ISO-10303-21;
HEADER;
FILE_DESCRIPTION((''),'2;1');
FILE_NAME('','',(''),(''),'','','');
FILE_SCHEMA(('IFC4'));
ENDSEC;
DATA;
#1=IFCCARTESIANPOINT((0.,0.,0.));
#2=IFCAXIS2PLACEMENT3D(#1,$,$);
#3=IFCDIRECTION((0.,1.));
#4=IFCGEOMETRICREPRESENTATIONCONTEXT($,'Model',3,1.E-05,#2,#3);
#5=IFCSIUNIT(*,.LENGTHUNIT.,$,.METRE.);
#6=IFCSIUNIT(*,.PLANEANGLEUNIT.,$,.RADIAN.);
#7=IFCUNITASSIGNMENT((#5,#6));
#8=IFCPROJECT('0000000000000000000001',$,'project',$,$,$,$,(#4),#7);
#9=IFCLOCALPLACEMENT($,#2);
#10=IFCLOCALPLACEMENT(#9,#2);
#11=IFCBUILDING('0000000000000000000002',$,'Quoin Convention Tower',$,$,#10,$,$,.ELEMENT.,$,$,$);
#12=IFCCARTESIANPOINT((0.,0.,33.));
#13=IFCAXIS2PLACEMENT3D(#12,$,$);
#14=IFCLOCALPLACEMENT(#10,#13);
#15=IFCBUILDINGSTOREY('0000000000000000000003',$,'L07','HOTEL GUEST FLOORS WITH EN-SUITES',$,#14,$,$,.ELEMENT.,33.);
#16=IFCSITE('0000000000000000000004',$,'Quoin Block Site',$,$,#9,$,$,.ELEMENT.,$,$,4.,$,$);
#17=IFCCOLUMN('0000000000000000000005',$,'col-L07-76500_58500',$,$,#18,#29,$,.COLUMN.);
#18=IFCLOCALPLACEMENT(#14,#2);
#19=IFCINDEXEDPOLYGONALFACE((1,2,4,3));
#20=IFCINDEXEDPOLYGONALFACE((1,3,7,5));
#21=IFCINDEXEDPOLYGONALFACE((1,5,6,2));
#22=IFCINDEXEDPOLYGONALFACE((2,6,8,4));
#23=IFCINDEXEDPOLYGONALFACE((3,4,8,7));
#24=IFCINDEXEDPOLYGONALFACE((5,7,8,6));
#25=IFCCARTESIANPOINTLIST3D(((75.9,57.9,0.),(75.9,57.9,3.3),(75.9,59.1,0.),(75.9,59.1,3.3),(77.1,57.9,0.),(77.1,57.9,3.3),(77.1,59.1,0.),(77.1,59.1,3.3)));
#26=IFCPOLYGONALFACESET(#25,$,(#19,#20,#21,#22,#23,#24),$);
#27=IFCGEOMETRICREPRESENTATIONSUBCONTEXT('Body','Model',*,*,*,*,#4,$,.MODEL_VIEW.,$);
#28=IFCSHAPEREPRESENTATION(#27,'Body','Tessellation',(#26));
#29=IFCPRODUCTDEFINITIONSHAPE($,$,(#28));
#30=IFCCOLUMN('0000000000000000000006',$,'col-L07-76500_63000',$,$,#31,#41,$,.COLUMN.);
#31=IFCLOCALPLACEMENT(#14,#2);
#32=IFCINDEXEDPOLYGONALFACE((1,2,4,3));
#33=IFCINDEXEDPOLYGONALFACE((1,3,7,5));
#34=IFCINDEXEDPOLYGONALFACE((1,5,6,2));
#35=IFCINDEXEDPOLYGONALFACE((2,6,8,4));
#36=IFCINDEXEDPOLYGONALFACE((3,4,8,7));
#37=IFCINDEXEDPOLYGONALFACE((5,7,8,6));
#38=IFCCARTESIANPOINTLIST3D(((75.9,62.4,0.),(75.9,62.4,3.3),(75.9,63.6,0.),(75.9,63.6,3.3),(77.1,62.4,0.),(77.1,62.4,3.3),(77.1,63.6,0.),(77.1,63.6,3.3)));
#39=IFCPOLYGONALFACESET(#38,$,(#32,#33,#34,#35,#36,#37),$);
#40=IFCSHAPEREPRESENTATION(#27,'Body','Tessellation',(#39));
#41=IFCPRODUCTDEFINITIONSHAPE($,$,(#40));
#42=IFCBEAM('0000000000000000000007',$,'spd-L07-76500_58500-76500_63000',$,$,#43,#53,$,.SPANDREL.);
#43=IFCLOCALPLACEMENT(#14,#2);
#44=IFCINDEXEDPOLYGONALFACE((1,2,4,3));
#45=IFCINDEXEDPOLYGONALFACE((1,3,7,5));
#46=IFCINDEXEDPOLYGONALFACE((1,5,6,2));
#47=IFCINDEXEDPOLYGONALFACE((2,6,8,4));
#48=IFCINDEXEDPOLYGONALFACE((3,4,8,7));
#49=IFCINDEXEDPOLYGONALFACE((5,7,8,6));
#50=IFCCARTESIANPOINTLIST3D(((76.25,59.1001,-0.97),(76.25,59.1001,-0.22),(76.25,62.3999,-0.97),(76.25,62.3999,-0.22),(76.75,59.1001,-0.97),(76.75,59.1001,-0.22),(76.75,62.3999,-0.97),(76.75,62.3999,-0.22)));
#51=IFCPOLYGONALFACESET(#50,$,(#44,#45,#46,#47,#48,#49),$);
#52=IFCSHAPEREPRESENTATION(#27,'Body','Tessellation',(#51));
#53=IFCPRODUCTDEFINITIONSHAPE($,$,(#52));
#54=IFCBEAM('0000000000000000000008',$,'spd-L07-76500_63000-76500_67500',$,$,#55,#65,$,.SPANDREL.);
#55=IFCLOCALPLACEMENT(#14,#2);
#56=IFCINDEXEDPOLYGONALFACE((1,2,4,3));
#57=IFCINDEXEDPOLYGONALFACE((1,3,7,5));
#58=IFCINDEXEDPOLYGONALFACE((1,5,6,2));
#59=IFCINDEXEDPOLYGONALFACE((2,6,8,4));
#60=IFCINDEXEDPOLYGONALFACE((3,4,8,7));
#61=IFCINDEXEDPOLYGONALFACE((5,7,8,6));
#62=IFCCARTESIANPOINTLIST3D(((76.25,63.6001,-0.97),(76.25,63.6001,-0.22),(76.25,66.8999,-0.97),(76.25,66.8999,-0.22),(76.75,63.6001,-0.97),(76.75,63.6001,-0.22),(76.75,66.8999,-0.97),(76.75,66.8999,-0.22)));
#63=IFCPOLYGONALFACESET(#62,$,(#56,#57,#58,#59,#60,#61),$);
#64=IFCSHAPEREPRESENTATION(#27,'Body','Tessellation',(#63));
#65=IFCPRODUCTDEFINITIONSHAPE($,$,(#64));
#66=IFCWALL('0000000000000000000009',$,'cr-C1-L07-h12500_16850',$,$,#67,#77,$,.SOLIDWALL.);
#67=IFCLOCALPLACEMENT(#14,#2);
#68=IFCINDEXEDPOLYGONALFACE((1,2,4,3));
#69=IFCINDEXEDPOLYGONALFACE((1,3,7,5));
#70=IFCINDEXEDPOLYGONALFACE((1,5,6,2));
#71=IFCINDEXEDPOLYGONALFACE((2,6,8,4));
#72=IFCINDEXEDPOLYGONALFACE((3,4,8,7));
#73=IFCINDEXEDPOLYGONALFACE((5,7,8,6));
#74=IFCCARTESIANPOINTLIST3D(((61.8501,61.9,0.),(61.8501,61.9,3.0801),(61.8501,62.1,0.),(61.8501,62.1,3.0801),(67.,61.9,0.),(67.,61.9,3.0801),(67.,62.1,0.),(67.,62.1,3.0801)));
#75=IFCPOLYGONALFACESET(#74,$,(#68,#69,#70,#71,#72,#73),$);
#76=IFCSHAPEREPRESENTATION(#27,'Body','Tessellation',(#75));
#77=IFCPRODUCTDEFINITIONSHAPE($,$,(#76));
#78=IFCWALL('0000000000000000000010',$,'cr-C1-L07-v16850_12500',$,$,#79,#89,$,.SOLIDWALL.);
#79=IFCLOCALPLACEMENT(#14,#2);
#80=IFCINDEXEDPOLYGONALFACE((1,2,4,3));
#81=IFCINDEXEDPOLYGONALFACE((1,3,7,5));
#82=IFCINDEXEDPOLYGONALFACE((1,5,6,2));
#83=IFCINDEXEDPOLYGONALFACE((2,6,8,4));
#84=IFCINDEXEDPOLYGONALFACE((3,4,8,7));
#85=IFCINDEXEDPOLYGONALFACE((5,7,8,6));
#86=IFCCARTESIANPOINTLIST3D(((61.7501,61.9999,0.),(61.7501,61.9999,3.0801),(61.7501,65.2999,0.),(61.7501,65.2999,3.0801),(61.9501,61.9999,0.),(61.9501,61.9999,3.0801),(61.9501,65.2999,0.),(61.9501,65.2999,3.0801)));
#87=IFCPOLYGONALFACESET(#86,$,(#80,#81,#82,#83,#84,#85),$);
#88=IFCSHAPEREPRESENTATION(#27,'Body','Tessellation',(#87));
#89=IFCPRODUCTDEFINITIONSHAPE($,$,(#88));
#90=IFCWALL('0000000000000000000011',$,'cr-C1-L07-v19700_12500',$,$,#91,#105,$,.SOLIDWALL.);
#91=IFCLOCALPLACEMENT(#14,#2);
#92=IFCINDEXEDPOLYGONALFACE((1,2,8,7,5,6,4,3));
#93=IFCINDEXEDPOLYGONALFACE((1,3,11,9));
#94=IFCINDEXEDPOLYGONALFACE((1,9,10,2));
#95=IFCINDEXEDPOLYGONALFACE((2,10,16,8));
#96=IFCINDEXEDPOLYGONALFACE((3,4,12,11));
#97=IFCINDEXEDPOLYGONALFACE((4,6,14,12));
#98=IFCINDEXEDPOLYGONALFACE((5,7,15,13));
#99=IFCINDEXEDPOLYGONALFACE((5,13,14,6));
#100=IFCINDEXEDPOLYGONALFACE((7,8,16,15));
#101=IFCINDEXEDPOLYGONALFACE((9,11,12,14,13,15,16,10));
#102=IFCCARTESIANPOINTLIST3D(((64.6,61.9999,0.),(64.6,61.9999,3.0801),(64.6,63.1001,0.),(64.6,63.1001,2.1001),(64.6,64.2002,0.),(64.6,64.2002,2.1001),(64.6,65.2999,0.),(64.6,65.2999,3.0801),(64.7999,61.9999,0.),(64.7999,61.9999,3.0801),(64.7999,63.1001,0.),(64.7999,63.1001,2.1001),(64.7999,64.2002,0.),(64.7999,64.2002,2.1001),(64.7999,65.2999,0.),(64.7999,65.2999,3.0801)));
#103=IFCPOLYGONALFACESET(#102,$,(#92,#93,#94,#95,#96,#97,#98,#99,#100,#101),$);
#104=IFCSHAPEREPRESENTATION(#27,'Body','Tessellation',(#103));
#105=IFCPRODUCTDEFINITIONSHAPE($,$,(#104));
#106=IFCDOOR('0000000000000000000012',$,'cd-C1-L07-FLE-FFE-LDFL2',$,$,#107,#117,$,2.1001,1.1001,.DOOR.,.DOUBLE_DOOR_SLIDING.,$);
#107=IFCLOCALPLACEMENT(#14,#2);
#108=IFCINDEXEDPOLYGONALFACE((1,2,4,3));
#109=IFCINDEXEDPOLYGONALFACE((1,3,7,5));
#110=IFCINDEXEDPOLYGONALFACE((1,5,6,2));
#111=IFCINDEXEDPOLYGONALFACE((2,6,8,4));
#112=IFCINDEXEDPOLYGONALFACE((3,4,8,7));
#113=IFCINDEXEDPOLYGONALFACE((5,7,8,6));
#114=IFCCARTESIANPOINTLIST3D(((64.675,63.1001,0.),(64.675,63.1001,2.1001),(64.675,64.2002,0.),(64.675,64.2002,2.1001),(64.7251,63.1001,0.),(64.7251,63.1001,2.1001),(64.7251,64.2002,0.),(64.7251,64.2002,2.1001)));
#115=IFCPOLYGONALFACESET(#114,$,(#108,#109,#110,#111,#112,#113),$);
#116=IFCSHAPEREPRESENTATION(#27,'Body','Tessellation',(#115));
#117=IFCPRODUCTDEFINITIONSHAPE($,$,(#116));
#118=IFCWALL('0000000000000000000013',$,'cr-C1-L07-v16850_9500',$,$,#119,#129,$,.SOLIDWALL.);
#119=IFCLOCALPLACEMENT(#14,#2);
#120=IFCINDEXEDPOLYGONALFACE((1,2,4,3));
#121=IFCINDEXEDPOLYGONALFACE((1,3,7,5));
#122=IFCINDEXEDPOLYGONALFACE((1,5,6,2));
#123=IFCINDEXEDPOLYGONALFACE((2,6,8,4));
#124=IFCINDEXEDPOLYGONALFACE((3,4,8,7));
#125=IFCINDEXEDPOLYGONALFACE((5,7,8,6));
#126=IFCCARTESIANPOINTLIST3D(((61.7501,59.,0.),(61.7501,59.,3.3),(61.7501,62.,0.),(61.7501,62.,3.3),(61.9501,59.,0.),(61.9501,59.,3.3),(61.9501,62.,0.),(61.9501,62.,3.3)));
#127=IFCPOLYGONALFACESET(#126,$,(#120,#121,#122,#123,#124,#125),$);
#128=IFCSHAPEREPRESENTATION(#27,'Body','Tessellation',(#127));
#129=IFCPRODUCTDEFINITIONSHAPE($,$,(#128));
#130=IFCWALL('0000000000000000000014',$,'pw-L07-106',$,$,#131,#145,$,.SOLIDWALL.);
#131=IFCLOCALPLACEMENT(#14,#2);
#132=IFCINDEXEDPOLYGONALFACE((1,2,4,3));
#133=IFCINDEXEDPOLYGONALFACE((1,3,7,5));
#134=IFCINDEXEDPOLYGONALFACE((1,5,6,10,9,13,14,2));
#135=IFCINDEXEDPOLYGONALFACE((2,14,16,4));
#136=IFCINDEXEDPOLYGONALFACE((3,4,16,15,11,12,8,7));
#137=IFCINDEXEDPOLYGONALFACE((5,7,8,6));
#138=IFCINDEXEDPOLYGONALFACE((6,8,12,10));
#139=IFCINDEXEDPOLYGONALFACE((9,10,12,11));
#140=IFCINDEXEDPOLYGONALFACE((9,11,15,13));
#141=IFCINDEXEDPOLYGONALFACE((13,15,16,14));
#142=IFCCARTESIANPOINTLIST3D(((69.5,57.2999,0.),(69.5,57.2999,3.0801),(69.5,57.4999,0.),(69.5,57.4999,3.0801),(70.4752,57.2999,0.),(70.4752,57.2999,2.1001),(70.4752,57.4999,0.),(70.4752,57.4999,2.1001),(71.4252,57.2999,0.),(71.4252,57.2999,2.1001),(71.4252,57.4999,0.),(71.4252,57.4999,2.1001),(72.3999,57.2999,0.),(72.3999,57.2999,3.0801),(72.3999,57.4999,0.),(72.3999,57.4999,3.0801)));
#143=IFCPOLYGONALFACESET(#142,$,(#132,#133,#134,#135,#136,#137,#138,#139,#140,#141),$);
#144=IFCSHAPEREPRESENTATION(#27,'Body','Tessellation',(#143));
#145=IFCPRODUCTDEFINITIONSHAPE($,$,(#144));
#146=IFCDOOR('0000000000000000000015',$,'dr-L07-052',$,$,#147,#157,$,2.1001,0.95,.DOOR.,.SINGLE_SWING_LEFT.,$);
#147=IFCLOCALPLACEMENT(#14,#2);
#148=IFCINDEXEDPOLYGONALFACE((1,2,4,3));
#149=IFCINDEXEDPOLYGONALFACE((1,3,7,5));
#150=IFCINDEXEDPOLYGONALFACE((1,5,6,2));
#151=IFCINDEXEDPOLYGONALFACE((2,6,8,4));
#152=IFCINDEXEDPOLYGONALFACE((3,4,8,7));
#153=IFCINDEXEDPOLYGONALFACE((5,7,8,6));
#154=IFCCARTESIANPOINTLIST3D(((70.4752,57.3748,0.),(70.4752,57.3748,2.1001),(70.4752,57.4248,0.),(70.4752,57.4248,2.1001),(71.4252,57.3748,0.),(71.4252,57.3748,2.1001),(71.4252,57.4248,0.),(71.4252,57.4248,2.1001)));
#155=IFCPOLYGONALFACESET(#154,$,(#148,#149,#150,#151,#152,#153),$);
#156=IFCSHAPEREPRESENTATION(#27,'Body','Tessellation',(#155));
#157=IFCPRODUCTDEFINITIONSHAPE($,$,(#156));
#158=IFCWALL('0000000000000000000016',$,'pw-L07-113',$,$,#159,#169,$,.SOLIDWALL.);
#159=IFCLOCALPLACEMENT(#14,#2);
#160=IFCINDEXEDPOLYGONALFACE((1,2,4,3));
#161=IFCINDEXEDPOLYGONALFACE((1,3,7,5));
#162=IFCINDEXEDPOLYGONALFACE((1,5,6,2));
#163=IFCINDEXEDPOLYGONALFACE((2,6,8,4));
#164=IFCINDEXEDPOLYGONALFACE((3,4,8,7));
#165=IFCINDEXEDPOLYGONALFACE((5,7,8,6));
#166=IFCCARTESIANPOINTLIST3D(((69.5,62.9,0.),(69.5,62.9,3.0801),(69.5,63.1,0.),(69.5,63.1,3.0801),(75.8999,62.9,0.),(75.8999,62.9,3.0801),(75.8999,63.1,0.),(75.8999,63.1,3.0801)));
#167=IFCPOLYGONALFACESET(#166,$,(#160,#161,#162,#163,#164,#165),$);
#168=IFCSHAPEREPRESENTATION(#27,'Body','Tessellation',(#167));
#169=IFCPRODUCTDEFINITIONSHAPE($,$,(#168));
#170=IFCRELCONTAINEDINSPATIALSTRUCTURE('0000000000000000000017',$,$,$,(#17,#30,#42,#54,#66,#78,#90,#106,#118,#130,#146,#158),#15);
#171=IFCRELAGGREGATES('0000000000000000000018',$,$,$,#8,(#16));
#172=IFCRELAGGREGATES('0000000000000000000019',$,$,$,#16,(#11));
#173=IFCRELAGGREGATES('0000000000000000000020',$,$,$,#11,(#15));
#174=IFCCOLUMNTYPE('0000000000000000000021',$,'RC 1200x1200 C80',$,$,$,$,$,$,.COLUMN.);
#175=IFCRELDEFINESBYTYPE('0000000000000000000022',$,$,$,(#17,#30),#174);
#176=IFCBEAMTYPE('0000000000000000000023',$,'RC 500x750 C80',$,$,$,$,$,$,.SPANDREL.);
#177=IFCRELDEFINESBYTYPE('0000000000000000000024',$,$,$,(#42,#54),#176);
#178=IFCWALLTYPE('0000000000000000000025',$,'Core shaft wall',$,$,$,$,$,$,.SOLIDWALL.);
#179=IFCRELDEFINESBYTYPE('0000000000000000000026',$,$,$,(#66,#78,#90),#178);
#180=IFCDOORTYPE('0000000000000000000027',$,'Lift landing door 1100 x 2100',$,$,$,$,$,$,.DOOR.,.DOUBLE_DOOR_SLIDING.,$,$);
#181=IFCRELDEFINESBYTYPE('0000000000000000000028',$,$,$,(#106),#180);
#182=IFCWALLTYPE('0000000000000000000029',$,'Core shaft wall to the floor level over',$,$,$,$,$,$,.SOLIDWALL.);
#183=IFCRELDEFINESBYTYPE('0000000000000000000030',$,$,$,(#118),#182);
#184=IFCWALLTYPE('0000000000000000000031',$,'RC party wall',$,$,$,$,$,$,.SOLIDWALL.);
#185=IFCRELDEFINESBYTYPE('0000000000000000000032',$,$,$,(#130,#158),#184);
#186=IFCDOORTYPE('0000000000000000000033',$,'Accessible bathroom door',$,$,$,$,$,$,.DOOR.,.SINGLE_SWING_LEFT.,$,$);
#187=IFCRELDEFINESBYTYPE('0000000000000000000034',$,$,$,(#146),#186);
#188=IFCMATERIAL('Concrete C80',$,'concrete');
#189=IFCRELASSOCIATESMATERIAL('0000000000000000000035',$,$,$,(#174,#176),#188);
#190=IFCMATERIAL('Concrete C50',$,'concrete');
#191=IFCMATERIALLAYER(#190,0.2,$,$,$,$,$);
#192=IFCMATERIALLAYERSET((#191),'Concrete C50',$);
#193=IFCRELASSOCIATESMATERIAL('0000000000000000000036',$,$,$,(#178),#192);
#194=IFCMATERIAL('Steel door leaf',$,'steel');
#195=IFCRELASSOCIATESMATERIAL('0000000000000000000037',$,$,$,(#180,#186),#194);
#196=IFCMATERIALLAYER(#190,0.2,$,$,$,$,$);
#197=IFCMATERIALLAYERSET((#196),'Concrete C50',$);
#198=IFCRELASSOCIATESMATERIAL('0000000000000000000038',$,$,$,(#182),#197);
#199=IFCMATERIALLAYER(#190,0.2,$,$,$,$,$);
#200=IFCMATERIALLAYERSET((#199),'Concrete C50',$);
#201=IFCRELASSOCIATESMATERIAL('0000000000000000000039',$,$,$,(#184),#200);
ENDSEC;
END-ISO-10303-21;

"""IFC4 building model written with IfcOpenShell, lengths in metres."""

from ifc_helpers import new_model, si_unit, direction, frame, frame_2d, origin, origin_2d, place, context, subcontext, project, spatial, rectangle, extrude, material, layer, layer_set, material_profile, profile_set, type_object, element, fill, save


model = new_model("IFC4")

# Units and contexts
model_context = context("Model", 3, precision=1e-05, world=origin(), true_north=direction((0.0, 1.0)))
body_context = subcontext(model_context, "Body", "Model", "MODEL_VIEW")
ifc_project = project(units=[si_unit("LENGTHUNIT", "METRE"), si_unit("PLANEANGLEUNIT", "RADIAN")], contexts=[model_context])

# Site, building, storey
site_placement = place(None, origin())
site = spatial("IfcSite", under=ifc_project, at=site_placement, Name="Quoin Block Site", CompositionType="ELEMENT", RefElevation=4.0)
building_placement = place(site_placement, origin())
building = spatial("IfcBuilding", under=site, at=building_placement, Name="Quoin Convention Tower", CompositionType="ELEMENT")
storey_placement = place(building_placement, frame((0.0, 0.0, 33.0)))
storey = spatial("IfcBuildingStorey", under=building, at=storey_placement, Name="L07", Description="HOTEL GUEST FLOORS WITH EN-SUITES", CompositionType="ELEMENT", Elevation=33.0)

# Columns
ifc_material_1 = material(Name="Concrete C80", Category="concrete")
ifc_material_profile_1 = material_profile(ifc_material_1, rectangle(XDim=1.2, YDim=1.2, at=origin_2d()), Name="RC 1200x1200")
ifc_profile_set_1 = profile_set([ifc_material_profile_1], Name="Concrete C80")
column_type = type_object("IfcColumnType", Name="RC 1200x1200 C80", PredefinedType="COLUMN", material=ifc_profile_set_1)
for number, where, z_axis, x_axis, name in (
    (1, (76.5, 58.5, 0.0), (0.0, 0.0, 1.0), (1.0, 0.0, 0.0), "col-L07-76500_58500"),
    (2, (76.5, 63.0, 0.0), (0.0, 0.0, 1.0), (1.0, 0.0, 0.0), "col-L07-76500_63000"),
):
    element("IfcColumn", number, at=place(storey_placement, frame(where, z_axis=z_axis, x_axis=x_axis)), inside=storey, type_object=column_type, Name=name, PredefinedType="COLUMN", context=body_context, shape_type="SweptSolid", body=[
        extrude(rectangle(XDim=1.2, YDim=1.2, at=origin_2d()), origin(), (0.0, 0.0, 1.0), 3.3),
    ])

# Beams
ifc_material_profile_2 = material_profile(ifc_material_1, rectangle(XDim=0.5, YDim=0.75, at=origin_2d()), Name="RC 500x750")
ifc_profile_set_2 = profile_set([ifc_material_profile_2], Name="Concrete C80")
beam_type = type_object("IfcBeamType", Name="RC 500x750 C80", PredefinedType="SPANDREL", material=ifc_profile_set_2)
for number, where, z_axis, x_axis, name in (
    (3, (76.5, 59.1001, -0.595), (0.0, 1.0, 0.0), (-1.0, 0.0, 0.0), "spd-L07-76500_58500-76500_63000"),
    (4, (76.5, 63.6001, -0.595), (0.0, 1.0, 0.0), (-1.0, 0.0, 0.0), "spd-L07-76500_63000-76500_67500"),
):
    element("IfcBeam", number, at=place(storey_placement, frame(where, z_axis=z_axis, x_axis=x_axis)), inside=storey, type_object=beam_type, Name=name, PredefinedType="SPANDREL", context=body_context, shape_type="SweptSolid", body=[
        extrude(rectangle(XDim=0.5, YDim=0.75, at=origin_2d()), origin(), (0.0, 0.0, 1.0), 3.2998),
    ])

# Walls
ifc_material_2 = material(Name="Concrete C50", Category="concrete")
ifc_layer_1 = layer(ifc_material_2, 0.2)
ifc_layer_set_1 = layer_set([ifc_layer_1], Name="Concrete C50")
wall_type_1 = type_object("IfcWallType", Name="Core shaft wall", PredefinedType="SOLIDWALL", material=ifc_layer_set_1)
wall_1_placement = place(storey_placement, frame((61.8501, 62.0, 0.0), z_axis=(0.0, 0.0, 1.0), x_axis=(1.0, 0.0, 0.0)))
element("IfcWall", 5, at=wall_1_placement, inside=storey, type_object=wall_type_1, Name="cr-C1-L07-h12500_16850", PredefinedType="SOLIDWALL", context=body_context, shape_type="SweptSolid", body=[
    extrude(rectangle(XDim=5.1499, YDim=0.2, at=frame_2d((2.575, 0.0))), origin(), (0.0, 0.0, 1.0), 3.0801),
])
wall_2_placement = place(storey_placement, frame((61.8501, 62.0, 0.0), z_axis=(0.0, 0.0, 1.0), x_axis=(0.0, 1.0, 0.0)))
element("IfcWall", 6, at=wall_2_placement, inside=storey, type_object=wall_type_1, Name="cr-C1-L07-v16850_12500", PredefinedType="SOLIDWALL", context=body_context, shape_type="SweptSolid", body=[
    extrude(rectangle(XDim=3.3, YDim=0.2, at=frame_2d((1.6499, 0.0))), origin(), (0.0, 0.0, 1.0), 3.0801),
])

# Wall, opening, door
wall_3_placement = place(storey_placement, frame((64.7, 62.0, 0.0), z_axis=(0.0, 0.0, 1.0), x_axis=(0.0, 1.0, 0.0)))
wall_3 = element("IfcWall", 7, at=wall_3_placement, inside=storey, type_object=wall_type_1, Name="cr-C1-L07-v19700_12500", PredefinedType="SOLIDWALL", context=body_context, shape_type="SweptSolid", body=[
    extrude(rectangle(XDim=3.3, YDim=0.2, at=frame_2d((1.6499, 0.0))), origin(), (0.0, 0.0, 1.0), 3.0801),
])
opening_1_placement = place(wall_3_placement, frame((1.1001, 0.0, 0.0)))
opening_1 = element("IfcOpeningElement", 8, at=opening_1_placement, cuts=wall_3, PredefinedType="OPENING", context=body_context, shape_type="SweptSolid", body=[
    extrude(rectangle(XDim=1.1001, YDim=2.1001, at=frame_2d((0.55, 1.05))), frame((0.0, 0.1099, 0.0), z_axis=(0.0, -1.0, 0.0), x_axis=(1.0, 0.0, 0.0)), (0.0, 0.0, 1.0), 0.22),
])
ifc_material_3 = material(Name="Steel door leaf", Category="steel")
door_type_1 = type_object("IfcDoorType", Name="Lift landing door 1100 x 2100", OperationType="DOUBLE_DOOR_SLIDING", PredefinedType="DOOR", material=ifc_material_3)
door_1_placement = place(opening_1_placement, origin())
door_1 = element("IfcDoor", 9, at=door_1_placement, inside=storey, type_object=door_type_1, Name="cd-C1-L07-FLE-FFE-LDFL2", OperationType="DOUBLE_DOOR_SLIDING", OverallHeight=2.1001, OverallWidth=1.1001, PredefinedType="DOOR", context=body_context, shape_type="SweptSolid", body=[
    extrude(rectangle(XDim=1.1001, YDim=2.1001, at=frame_2d((0.55, 1.05))), frame((0.0, 0.0249, 0.0), z_axis=(0.0, -1.0, 0.0), x_axis=(1.0, 0.0, 0.0)), (0.0, 0.0, 1.0), 0.05),
])
fill(opening_1, door_1)

# Wall
ifc_layer_2 = layer(ifc_material_2, 0.2)
ifc_layer_set_2 = layer_set([ifc_layer_2], Name="Concrete C50")
wall_type_2 = type_object("IfcWallType", Name="Core shaft wall to the floor level over", PredefinedType="SOLIDWALL", material=ifc_layer_set_2)
wall_4_placement = place(storey_placement, frame((61.8501, 59.0, 0.0), z_axis=(0.0, 0.0, 1.0), x_axis=(0.0, 1.0, 0.0)))
element("IfcWall", 10, at=wall_4_placement, inside=storey, type_object=wall_type_2, Name="cr-C1-L07-v16850_9500", PredefinedType="SOLIDWALL", context=body_context, shape_type="SweptSolid", body=[
    extrude(rectangle(XDim=3.0, YDim=0.2, at=frame_2d((1.5, 0.0))), origin(), (0.0, 0.0, 1.0), 3.3),
])

# Wall, opening, door
ifc_layer_3 = layer(ifc_material_2, 0.2)
ifc_layer_set_3 = layer_set([ifc_layer_3], Name="Concrete C50")
wall_type_3 = type_object("IfcWallType", Name="RC party wall", PredefinedType="SOLIDWALL", material=ifc_layer_set_3)
wall_5_placement = place(storey_placement, frame((69.5, 57.3999, 0.0), z_axis=(0.0, 0.0, 1.0), x_axis=(1.0, 0.0, 0.0)))
wall_5 = element("IfcWall", 11, at=wall_5_placement, inside=storey, type_object=wall_type_3, Name="pw-L07-106", PredefinedType="SOLIDWALL", context=body_context, shape_type="SweptSolid", body=[
    extrude(rectangle(XDim=2.8999, YDim=0.2, at=frame_2d((1.45, 0.0))), origin(), (0.0, 0.0, 1.0), 3.0801),
])
opening_2_placement = place(wall_5_placement, frame((0.9751, 0.0, 0.0)))
opening_2 = element("IfcOpeningElement", 12, at=opening_2_placement, cuts=wall_5, PredefinedType="OPENING", context=body_context, shape_type="SweptSolid", body=[
    extrude(rectangle(XDim=0.95, YDim=2.1001, at=frame_2d((0.4751, 1.05))), frame((0.0, 0.1099, 0.0), z_axis=(0.0, -1.0, 0.0), x_axis=(1.0, 0.0, 0.0)), (0.0, 0.0, 1.0), 0.22),
])
door_type_2 = type_object("IfcDoorType", Name="Accessible bathroom door", OperationType="SINGLE_SWING_LEFT", PredefinedType="DOOR", material=ifc_material_3)
door_2_placement = place(opening_2_placement, origin())
door_2 = element("IfcDoor", 13, at=door_2_placement, inside=storey, type_object=door_type_2, Name="dr-L07-052", OperationType="SINGLE_SWING_LEFT", OverallHeight=2.1001, OverallWidth=0.95, PredefinedType="DOOR", context=body_context, shape_type="SweptSolid", body=[
    extrude(rectangle(XDim=0.95, YDim=2.1001, at=frame_2d((0.4751, 1.05))), frame((0.0, 0.0249, 0.0), z_axis=(0.0, -1.0, 0.0), x_axis=(1.0, 0.0, 0.0)), (0.0, 0.0, 1.0), 0.05),
])
fill(opening_2, door_2)

# Wall
wall_6_placement = place(storey_placement, frame((69.5, 63.0, 0.0), z_axis=(0.0, 0.0, 1.0), x_axis=(1.0, 0.0, 0.0)))
element("IfcWall", 14, at=wall_6_placement, inside=storey, type_object=wall_type_3, Name="pw-L07-113", PredefinedType="SOLIDWALL", context=body_context, shape_type="SweptSolid", body=[
    extrude(rectangle(XDim=6.3999, YDim=0.2, at=frame_2d((3.2, 0.0))), origin(), (0.0, 0.0, 1.0), 3.0801),
])

save(model, "model.ifc")
